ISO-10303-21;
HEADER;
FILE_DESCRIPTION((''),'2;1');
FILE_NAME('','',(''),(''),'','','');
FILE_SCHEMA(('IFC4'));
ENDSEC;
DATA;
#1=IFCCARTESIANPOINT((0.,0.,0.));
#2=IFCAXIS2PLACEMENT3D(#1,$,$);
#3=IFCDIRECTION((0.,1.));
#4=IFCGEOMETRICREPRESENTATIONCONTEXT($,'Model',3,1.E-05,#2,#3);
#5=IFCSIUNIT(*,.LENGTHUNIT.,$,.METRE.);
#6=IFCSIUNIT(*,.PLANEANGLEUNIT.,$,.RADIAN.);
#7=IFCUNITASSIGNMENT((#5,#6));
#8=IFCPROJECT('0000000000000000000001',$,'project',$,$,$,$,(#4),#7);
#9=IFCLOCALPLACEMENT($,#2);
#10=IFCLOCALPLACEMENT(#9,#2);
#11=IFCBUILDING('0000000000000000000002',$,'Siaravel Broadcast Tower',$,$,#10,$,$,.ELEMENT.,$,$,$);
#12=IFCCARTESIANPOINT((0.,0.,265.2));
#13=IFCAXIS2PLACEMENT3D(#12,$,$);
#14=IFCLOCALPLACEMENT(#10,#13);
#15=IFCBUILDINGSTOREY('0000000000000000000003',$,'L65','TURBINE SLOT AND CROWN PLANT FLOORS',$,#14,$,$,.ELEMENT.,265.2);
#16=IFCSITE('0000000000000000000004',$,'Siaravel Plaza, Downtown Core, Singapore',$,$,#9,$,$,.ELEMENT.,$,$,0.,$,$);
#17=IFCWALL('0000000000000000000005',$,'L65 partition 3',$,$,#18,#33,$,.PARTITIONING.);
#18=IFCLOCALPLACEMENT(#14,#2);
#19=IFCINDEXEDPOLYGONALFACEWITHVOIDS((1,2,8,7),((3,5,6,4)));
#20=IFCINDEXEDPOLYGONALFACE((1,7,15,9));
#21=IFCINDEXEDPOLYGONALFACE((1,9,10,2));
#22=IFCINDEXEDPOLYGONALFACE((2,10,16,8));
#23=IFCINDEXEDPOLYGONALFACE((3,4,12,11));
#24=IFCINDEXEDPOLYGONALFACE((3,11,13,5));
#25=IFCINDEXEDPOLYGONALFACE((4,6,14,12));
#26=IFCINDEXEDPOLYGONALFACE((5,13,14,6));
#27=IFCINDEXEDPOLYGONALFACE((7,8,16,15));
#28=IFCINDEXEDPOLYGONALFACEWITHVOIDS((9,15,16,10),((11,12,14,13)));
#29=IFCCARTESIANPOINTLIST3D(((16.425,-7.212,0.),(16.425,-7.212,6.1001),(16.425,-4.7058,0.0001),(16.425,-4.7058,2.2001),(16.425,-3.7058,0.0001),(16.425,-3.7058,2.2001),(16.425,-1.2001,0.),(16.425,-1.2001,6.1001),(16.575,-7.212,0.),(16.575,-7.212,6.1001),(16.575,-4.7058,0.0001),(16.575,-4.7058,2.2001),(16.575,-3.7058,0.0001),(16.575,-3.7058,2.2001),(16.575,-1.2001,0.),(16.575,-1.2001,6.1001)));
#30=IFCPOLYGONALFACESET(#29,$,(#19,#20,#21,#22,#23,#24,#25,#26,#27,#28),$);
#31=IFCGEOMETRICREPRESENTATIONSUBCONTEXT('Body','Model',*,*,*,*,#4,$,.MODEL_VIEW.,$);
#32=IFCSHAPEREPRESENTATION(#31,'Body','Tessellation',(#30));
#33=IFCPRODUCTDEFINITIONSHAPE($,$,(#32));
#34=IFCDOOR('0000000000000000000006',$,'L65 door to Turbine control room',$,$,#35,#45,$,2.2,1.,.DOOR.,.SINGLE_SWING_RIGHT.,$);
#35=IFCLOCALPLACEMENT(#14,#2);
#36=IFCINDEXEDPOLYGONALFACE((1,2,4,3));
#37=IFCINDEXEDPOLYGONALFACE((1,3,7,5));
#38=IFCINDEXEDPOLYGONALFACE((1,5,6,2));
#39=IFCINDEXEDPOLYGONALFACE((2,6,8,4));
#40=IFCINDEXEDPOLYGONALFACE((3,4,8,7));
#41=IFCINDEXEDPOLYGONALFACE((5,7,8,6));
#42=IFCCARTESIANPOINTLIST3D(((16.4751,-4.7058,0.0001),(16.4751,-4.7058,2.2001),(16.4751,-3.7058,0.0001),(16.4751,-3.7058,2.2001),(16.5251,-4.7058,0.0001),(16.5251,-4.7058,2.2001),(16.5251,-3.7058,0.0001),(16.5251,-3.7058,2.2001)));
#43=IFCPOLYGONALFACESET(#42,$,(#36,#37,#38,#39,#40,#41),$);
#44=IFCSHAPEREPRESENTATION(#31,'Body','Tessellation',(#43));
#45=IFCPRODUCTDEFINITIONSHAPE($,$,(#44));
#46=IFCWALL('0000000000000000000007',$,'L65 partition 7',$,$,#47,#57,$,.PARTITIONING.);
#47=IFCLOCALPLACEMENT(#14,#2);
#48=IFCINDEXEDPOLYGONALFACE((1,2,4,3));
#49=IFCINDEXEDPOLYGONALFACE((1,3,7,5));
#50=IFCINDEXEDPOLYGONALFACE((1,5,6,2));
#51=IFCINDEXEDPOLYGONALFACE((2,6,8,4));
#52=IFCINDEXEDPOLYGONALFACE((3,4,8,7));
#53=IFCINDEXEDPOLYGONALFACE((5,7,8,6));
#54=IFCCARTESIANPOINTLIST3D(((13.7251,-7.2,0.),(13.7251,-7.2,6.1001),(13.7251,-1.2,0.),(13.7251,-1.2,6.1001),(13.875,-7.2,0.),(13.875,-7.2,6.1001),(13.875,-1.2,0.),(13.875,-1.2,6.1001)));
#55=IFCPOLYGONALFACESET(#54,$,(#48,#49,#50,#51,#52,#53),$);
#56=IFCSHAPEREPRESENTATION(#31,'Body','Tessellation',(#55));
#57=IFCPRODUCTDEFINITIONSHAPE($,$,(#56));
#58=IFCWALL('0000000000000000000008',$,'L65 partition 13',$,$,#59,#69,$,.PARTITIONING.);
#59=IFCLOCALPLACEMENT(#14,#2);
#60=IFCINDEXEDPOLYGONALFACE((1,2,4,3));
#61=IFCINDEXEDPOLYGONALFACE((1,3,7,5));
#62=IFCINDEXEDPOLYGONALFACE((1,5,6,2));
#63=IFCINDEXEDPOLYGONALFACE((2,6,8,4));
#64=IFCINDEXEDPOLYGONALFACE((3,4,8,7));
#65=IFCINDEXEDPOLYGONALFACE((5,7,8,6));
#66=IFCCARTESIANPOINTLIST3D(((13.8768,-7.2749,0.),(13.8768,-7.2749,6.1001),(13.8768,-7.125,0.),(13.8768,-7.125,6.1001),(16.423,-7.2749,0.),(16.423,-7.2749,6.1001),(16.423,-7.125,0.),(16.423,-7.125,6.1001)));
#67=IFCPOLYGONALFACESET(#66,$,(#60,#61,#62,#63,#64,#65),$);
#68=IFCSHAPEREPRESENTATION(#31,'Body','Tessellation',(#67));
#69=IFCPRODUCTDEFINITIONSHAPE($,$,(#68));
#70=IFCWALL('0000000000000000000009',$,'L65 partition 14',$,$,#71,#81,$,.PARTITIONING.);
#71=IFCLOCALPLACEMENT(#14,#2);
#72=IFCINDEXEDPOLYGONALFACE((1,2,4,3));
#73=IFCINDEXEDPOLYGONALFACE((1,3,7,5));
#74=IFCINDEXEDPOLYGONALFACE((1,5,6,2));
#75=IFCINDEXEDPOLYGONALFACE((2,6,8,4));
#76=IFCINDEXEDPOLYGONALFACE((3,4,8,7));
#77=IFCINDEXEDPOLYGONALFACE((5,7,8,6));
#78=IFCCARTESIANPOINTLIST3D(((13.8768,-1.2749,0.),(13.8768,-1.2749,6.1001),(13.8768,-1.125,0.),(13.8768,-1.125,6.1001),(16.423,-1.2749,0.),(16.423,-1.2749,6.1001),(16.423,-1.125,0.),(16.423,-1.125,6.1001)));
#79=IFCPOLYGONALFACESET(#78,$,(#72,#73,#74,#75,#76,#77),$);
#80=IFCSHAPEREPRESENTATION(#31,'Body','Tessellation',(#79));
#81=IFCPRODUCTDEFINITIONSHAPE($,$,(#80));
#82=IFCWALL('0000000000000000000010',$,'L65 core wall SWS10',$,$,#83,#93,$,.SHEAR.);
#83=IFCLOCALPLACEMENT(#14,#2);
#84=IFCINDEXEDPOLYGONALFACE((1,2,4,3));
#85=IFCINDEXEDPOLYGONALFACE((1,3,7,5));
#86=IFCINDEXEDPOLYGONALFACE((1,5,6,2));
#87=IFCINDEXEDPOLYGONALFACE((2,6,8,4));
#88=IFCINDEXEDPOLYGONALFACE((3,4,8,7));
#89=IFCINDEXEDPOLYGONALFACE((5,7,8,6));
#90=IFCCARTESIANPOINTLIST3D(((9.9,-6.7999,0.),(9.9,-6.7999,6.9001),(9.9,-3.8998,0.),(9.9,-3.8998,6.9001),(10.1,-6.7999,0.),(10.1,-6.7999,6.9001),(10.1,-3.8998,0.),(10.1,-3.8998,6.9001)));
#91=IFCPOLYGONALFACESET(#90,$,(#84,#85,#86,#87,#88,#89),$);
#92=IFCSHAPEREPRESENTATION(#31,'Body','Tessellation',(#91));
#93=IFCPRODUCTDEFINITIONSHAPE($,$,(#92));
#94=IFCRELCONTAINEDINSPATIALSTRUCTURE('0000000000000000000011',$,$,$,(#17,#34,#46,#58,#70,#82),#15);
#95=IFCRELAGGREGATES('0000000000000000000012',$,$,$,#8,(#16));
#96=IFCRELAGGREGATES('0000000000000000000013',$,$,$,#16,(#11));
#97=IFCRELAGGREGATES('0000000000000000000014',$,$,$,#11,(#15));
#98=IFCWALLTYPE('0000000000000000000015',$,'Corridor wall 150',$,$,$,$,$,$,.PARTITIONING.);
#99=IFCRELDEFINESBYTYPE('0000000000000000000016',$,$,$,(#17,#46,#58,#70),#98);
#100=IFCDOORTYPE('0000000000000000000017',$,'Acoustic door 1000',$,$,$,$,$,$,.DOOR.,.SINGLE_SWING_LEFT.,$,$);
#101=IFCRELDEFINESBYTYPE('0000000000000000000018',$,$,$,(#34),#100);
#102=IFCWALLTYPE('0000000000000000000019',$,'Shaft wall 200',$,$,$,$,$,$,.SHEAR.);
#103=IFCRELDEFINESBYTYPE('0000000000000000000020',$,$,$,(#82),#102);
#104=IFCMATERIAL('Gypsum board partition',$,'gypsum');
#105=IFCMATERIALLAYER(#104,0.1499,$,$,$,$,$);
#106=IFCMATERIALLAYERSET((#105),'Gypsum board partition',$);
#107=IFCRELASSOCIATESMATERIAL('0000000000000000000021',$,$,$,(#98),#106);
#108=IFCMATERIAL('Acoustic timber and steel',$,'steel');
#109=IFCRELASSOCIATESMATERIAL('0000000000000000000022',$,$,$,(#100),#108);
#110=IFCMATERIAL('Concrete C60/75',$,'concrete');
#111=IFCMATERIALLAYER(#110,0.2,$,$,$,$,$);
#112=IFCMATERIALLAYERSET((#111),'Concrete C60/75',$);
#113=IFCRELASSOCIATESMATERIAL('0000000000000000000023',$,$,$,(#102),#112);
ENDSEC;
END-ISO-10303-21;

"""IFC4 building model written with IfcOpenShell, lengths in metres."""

from ifc_helpers import new_model, si_unit, direction, frame, frame_2d, origin, place, context, subcontext, project, spatial, rectangle, extrude, material, layer, layer_set, type_object, element, fill, save


model = new_model("IFC4")

# Units and contexts
model_context = context("Model", 3, precision=1e-05, world=origin(), true_north=direction((0.0, 1.0)))
body_context = subcontext(model_context, "Body", "Model", "MODEL_VIEW")
ifc_project = project(units=[si_unit("LENGTHUNIT", "METRE"), si_unit("PLANEANGLEUNIT", "RADIAN")], contexts=[model_context])

# Site, building, storey
site_placement = place(None, origin())
site = spatial("IfcSite", under=ifc_project, at=site_placement, Name="Siaravel Plaza, Downtown Core, Singapore", CompositionType="ELEMENT", RefElevation=0.0)
building_placement = place(site_placement, origin())
building = spatial("IfcBuilding", under=site, at=building_placement, Name="Siaravel Broadcast Tower", CompositionType="ELEMENT")
storey_placement = place(building_placement, frame((0.0, 0.0, 265.2)))
storey = spatial("IfcBuildingStorey", under=building, at=storey_placement, Name="L65", Description="TURBINE SLOT AND CROWN PLANT FLOORS", CompositionType="ELEMENT", Elevation=265.2)

# Wall, opening, door
ifc_material_1 = material(Name="Concrete C60/75", Category="concrete")
ifc_material_2 = material(Name="Gypsum board partition", Category="gypsum")
ifc_layer_1 = layer(ifc_material_2, 0.1499)
ifc_layer_set_1 = layer_set([ifc_layer_1], Name="Gypsum board partition")
wall_type_1 = type_object("IfcWallType", Name="Corridor wall 150", PredefinedType="PARTITIONING", material=ifc_layer_set_1)
wall_1_placement = place(storey_placement, frame((16.5, -7.2119, 0.0), z_axis=(0.0, 0.0, 1.0), x_axis=(0.0, 1.0, 0.0)))
wall_1 = element("IfcWall", 1, at=wall_1_placement, inside=storey, type_object=wall_type_1, Name="L65 partition 3", PredefinedType="PARTITIONING", context=body_context, shape_type="SweptSolid", body=[
    extrude(rectangle(XDim=6.012, YDim=0.1499, at=frame_2d((3.0059, 0.0))), origin(), (0.0, 0.0, 1.0), 6.1001),
])
opening_1_placement = place(wall_1_placement, frame((2.5061, 0.0, 0.0)))
opening_1 = element("IfcOpeningElement", 2, at=opening_1_placement, cuts=wall_1, PredefinedType="OPENING", context=body_context, shape_type="SweptSolid", body=[
    extrude(rectangle(XDim=1.0, YDim=2.2, at=frame_2d((0.5, 1.1001))), frame((0.0, 0.085, 0.0), z_axis=(0.0, -1.0, 0.0), x_axis=(1.0, 0.0, 0.0)), (0.0, 0.0, 1.0), 0.1699),
])
ifc_material_3 = material(Name="Acoustic timber and steel", Category="steel")
door_type_1 = type_object("IfcDoorType", Name="Acoustic door 1000", OperationType="SINGLE_SWING_LEFT", PredefinedType="DOOR", material=ifc_material_3)
door_1_placement = place(opening_1_placement, origin())
door_1 = element("IfcDoor", 3, at=door_1_placement, inside=storey, type_object=door_type_1, Name="L65 door to Turbine control room", OperationType="SINGLE_SWING_RIGHT", OverallHeight=2.2, OverallWidth=1.0, PredefinedType="DOOR", context=body_context, shape_type="SweptSolid", body=[
    extrude(rectangle(XDim=1.0, YDim=2.2, at=frame_2d((0.5, 1.1001))), frame((0.0, 0.0249, 0.0), z_axis=(0.0, -1.0, 0.0), x_axis=(1.0, 0.0, 0.0)), (0.0, 0.0, 1.0), 0.05),
])
fill(opening_1, door_1)

# Walls
wall_2_placement = place(storey_placement, frame((13.8, -7.2, 0.0), z_axis=(0.0, 0.0, 1.0), x_axis=(0.0, 1.0, 0.0)))
element("IfcWall", 4, at=wall_2_placement, inside=storey, type_object=wall_type_1, Name="L65 partition 7", PredefinedType="PARTITIONING", context=body_context, shape_type="SweptSolid", body=[
    extrude(rectangle(XDim=6.0, YDim=0.1499, at=frame_2d((3.0, 0.0))), origin(), (0.0, 0.0, 1.0), 6.1001),
])
for number, where, z_axis, x_axis, name in (
    (5, (13.877, -7.2, 0.0), (0.0, 0.0, 1.0), (1.0, 0.0, 0.0), "L65 partition 13"),
    (6, (13.877, -1.2, 0.0), (0.0, 0.0, 1.0), (1.0, 0.0, 0.0), "L65 partition 14"),
):
    element("IfcWall", number, at=place(storey_placement, frame(where, z_axis=z_axis, x_axis=x_axis)), inside=storey, type_object=wall_type_1, Name=name, PredefinedType="PARTITIONING", context=body_context, shape_type="SweptSolid", body=[
        extrude(rectangle(XDim=2.5461, YDim=0.1499, at=frame_2d((1.2729, 0.0))), origin(), (0.0, 0.0, 1.0), 6.1001),
    ])
ifc_layer_2 = layer(ifc_material_1, 0.2)
ifc_layer_set_2 = layer_set([ifc_layer_2], Name="Concrete C60/75")
wall_type_2 = type_object("IfcWallType", Name="Shaft wall 200", PredefinedType="SHEAR", material=ifc_layer_set_2)
wall_3_placement = place(storey_placement, frame((10.0, -6.8, 0.0), z_axis=(0.0, 0.0, 1.0), x_axis=(0.0, 1.0, 0.0)))
element("IfcWall", 7, at=wall_3_placement, inside=storey, type_object=wall_type_2, Name="L65 core wall SWS10", PredefinedType="SHEAR", context=body_context, shape_type="SweptSolid", body=[
    extrude(rectangle(XDim=2.9001, YDim=0.2, at=frame_2d((1.4502, 0.0))), origin(), (0.0, 0.0, 1.0), 6.9001),
])

save(model, "model.ifc")
